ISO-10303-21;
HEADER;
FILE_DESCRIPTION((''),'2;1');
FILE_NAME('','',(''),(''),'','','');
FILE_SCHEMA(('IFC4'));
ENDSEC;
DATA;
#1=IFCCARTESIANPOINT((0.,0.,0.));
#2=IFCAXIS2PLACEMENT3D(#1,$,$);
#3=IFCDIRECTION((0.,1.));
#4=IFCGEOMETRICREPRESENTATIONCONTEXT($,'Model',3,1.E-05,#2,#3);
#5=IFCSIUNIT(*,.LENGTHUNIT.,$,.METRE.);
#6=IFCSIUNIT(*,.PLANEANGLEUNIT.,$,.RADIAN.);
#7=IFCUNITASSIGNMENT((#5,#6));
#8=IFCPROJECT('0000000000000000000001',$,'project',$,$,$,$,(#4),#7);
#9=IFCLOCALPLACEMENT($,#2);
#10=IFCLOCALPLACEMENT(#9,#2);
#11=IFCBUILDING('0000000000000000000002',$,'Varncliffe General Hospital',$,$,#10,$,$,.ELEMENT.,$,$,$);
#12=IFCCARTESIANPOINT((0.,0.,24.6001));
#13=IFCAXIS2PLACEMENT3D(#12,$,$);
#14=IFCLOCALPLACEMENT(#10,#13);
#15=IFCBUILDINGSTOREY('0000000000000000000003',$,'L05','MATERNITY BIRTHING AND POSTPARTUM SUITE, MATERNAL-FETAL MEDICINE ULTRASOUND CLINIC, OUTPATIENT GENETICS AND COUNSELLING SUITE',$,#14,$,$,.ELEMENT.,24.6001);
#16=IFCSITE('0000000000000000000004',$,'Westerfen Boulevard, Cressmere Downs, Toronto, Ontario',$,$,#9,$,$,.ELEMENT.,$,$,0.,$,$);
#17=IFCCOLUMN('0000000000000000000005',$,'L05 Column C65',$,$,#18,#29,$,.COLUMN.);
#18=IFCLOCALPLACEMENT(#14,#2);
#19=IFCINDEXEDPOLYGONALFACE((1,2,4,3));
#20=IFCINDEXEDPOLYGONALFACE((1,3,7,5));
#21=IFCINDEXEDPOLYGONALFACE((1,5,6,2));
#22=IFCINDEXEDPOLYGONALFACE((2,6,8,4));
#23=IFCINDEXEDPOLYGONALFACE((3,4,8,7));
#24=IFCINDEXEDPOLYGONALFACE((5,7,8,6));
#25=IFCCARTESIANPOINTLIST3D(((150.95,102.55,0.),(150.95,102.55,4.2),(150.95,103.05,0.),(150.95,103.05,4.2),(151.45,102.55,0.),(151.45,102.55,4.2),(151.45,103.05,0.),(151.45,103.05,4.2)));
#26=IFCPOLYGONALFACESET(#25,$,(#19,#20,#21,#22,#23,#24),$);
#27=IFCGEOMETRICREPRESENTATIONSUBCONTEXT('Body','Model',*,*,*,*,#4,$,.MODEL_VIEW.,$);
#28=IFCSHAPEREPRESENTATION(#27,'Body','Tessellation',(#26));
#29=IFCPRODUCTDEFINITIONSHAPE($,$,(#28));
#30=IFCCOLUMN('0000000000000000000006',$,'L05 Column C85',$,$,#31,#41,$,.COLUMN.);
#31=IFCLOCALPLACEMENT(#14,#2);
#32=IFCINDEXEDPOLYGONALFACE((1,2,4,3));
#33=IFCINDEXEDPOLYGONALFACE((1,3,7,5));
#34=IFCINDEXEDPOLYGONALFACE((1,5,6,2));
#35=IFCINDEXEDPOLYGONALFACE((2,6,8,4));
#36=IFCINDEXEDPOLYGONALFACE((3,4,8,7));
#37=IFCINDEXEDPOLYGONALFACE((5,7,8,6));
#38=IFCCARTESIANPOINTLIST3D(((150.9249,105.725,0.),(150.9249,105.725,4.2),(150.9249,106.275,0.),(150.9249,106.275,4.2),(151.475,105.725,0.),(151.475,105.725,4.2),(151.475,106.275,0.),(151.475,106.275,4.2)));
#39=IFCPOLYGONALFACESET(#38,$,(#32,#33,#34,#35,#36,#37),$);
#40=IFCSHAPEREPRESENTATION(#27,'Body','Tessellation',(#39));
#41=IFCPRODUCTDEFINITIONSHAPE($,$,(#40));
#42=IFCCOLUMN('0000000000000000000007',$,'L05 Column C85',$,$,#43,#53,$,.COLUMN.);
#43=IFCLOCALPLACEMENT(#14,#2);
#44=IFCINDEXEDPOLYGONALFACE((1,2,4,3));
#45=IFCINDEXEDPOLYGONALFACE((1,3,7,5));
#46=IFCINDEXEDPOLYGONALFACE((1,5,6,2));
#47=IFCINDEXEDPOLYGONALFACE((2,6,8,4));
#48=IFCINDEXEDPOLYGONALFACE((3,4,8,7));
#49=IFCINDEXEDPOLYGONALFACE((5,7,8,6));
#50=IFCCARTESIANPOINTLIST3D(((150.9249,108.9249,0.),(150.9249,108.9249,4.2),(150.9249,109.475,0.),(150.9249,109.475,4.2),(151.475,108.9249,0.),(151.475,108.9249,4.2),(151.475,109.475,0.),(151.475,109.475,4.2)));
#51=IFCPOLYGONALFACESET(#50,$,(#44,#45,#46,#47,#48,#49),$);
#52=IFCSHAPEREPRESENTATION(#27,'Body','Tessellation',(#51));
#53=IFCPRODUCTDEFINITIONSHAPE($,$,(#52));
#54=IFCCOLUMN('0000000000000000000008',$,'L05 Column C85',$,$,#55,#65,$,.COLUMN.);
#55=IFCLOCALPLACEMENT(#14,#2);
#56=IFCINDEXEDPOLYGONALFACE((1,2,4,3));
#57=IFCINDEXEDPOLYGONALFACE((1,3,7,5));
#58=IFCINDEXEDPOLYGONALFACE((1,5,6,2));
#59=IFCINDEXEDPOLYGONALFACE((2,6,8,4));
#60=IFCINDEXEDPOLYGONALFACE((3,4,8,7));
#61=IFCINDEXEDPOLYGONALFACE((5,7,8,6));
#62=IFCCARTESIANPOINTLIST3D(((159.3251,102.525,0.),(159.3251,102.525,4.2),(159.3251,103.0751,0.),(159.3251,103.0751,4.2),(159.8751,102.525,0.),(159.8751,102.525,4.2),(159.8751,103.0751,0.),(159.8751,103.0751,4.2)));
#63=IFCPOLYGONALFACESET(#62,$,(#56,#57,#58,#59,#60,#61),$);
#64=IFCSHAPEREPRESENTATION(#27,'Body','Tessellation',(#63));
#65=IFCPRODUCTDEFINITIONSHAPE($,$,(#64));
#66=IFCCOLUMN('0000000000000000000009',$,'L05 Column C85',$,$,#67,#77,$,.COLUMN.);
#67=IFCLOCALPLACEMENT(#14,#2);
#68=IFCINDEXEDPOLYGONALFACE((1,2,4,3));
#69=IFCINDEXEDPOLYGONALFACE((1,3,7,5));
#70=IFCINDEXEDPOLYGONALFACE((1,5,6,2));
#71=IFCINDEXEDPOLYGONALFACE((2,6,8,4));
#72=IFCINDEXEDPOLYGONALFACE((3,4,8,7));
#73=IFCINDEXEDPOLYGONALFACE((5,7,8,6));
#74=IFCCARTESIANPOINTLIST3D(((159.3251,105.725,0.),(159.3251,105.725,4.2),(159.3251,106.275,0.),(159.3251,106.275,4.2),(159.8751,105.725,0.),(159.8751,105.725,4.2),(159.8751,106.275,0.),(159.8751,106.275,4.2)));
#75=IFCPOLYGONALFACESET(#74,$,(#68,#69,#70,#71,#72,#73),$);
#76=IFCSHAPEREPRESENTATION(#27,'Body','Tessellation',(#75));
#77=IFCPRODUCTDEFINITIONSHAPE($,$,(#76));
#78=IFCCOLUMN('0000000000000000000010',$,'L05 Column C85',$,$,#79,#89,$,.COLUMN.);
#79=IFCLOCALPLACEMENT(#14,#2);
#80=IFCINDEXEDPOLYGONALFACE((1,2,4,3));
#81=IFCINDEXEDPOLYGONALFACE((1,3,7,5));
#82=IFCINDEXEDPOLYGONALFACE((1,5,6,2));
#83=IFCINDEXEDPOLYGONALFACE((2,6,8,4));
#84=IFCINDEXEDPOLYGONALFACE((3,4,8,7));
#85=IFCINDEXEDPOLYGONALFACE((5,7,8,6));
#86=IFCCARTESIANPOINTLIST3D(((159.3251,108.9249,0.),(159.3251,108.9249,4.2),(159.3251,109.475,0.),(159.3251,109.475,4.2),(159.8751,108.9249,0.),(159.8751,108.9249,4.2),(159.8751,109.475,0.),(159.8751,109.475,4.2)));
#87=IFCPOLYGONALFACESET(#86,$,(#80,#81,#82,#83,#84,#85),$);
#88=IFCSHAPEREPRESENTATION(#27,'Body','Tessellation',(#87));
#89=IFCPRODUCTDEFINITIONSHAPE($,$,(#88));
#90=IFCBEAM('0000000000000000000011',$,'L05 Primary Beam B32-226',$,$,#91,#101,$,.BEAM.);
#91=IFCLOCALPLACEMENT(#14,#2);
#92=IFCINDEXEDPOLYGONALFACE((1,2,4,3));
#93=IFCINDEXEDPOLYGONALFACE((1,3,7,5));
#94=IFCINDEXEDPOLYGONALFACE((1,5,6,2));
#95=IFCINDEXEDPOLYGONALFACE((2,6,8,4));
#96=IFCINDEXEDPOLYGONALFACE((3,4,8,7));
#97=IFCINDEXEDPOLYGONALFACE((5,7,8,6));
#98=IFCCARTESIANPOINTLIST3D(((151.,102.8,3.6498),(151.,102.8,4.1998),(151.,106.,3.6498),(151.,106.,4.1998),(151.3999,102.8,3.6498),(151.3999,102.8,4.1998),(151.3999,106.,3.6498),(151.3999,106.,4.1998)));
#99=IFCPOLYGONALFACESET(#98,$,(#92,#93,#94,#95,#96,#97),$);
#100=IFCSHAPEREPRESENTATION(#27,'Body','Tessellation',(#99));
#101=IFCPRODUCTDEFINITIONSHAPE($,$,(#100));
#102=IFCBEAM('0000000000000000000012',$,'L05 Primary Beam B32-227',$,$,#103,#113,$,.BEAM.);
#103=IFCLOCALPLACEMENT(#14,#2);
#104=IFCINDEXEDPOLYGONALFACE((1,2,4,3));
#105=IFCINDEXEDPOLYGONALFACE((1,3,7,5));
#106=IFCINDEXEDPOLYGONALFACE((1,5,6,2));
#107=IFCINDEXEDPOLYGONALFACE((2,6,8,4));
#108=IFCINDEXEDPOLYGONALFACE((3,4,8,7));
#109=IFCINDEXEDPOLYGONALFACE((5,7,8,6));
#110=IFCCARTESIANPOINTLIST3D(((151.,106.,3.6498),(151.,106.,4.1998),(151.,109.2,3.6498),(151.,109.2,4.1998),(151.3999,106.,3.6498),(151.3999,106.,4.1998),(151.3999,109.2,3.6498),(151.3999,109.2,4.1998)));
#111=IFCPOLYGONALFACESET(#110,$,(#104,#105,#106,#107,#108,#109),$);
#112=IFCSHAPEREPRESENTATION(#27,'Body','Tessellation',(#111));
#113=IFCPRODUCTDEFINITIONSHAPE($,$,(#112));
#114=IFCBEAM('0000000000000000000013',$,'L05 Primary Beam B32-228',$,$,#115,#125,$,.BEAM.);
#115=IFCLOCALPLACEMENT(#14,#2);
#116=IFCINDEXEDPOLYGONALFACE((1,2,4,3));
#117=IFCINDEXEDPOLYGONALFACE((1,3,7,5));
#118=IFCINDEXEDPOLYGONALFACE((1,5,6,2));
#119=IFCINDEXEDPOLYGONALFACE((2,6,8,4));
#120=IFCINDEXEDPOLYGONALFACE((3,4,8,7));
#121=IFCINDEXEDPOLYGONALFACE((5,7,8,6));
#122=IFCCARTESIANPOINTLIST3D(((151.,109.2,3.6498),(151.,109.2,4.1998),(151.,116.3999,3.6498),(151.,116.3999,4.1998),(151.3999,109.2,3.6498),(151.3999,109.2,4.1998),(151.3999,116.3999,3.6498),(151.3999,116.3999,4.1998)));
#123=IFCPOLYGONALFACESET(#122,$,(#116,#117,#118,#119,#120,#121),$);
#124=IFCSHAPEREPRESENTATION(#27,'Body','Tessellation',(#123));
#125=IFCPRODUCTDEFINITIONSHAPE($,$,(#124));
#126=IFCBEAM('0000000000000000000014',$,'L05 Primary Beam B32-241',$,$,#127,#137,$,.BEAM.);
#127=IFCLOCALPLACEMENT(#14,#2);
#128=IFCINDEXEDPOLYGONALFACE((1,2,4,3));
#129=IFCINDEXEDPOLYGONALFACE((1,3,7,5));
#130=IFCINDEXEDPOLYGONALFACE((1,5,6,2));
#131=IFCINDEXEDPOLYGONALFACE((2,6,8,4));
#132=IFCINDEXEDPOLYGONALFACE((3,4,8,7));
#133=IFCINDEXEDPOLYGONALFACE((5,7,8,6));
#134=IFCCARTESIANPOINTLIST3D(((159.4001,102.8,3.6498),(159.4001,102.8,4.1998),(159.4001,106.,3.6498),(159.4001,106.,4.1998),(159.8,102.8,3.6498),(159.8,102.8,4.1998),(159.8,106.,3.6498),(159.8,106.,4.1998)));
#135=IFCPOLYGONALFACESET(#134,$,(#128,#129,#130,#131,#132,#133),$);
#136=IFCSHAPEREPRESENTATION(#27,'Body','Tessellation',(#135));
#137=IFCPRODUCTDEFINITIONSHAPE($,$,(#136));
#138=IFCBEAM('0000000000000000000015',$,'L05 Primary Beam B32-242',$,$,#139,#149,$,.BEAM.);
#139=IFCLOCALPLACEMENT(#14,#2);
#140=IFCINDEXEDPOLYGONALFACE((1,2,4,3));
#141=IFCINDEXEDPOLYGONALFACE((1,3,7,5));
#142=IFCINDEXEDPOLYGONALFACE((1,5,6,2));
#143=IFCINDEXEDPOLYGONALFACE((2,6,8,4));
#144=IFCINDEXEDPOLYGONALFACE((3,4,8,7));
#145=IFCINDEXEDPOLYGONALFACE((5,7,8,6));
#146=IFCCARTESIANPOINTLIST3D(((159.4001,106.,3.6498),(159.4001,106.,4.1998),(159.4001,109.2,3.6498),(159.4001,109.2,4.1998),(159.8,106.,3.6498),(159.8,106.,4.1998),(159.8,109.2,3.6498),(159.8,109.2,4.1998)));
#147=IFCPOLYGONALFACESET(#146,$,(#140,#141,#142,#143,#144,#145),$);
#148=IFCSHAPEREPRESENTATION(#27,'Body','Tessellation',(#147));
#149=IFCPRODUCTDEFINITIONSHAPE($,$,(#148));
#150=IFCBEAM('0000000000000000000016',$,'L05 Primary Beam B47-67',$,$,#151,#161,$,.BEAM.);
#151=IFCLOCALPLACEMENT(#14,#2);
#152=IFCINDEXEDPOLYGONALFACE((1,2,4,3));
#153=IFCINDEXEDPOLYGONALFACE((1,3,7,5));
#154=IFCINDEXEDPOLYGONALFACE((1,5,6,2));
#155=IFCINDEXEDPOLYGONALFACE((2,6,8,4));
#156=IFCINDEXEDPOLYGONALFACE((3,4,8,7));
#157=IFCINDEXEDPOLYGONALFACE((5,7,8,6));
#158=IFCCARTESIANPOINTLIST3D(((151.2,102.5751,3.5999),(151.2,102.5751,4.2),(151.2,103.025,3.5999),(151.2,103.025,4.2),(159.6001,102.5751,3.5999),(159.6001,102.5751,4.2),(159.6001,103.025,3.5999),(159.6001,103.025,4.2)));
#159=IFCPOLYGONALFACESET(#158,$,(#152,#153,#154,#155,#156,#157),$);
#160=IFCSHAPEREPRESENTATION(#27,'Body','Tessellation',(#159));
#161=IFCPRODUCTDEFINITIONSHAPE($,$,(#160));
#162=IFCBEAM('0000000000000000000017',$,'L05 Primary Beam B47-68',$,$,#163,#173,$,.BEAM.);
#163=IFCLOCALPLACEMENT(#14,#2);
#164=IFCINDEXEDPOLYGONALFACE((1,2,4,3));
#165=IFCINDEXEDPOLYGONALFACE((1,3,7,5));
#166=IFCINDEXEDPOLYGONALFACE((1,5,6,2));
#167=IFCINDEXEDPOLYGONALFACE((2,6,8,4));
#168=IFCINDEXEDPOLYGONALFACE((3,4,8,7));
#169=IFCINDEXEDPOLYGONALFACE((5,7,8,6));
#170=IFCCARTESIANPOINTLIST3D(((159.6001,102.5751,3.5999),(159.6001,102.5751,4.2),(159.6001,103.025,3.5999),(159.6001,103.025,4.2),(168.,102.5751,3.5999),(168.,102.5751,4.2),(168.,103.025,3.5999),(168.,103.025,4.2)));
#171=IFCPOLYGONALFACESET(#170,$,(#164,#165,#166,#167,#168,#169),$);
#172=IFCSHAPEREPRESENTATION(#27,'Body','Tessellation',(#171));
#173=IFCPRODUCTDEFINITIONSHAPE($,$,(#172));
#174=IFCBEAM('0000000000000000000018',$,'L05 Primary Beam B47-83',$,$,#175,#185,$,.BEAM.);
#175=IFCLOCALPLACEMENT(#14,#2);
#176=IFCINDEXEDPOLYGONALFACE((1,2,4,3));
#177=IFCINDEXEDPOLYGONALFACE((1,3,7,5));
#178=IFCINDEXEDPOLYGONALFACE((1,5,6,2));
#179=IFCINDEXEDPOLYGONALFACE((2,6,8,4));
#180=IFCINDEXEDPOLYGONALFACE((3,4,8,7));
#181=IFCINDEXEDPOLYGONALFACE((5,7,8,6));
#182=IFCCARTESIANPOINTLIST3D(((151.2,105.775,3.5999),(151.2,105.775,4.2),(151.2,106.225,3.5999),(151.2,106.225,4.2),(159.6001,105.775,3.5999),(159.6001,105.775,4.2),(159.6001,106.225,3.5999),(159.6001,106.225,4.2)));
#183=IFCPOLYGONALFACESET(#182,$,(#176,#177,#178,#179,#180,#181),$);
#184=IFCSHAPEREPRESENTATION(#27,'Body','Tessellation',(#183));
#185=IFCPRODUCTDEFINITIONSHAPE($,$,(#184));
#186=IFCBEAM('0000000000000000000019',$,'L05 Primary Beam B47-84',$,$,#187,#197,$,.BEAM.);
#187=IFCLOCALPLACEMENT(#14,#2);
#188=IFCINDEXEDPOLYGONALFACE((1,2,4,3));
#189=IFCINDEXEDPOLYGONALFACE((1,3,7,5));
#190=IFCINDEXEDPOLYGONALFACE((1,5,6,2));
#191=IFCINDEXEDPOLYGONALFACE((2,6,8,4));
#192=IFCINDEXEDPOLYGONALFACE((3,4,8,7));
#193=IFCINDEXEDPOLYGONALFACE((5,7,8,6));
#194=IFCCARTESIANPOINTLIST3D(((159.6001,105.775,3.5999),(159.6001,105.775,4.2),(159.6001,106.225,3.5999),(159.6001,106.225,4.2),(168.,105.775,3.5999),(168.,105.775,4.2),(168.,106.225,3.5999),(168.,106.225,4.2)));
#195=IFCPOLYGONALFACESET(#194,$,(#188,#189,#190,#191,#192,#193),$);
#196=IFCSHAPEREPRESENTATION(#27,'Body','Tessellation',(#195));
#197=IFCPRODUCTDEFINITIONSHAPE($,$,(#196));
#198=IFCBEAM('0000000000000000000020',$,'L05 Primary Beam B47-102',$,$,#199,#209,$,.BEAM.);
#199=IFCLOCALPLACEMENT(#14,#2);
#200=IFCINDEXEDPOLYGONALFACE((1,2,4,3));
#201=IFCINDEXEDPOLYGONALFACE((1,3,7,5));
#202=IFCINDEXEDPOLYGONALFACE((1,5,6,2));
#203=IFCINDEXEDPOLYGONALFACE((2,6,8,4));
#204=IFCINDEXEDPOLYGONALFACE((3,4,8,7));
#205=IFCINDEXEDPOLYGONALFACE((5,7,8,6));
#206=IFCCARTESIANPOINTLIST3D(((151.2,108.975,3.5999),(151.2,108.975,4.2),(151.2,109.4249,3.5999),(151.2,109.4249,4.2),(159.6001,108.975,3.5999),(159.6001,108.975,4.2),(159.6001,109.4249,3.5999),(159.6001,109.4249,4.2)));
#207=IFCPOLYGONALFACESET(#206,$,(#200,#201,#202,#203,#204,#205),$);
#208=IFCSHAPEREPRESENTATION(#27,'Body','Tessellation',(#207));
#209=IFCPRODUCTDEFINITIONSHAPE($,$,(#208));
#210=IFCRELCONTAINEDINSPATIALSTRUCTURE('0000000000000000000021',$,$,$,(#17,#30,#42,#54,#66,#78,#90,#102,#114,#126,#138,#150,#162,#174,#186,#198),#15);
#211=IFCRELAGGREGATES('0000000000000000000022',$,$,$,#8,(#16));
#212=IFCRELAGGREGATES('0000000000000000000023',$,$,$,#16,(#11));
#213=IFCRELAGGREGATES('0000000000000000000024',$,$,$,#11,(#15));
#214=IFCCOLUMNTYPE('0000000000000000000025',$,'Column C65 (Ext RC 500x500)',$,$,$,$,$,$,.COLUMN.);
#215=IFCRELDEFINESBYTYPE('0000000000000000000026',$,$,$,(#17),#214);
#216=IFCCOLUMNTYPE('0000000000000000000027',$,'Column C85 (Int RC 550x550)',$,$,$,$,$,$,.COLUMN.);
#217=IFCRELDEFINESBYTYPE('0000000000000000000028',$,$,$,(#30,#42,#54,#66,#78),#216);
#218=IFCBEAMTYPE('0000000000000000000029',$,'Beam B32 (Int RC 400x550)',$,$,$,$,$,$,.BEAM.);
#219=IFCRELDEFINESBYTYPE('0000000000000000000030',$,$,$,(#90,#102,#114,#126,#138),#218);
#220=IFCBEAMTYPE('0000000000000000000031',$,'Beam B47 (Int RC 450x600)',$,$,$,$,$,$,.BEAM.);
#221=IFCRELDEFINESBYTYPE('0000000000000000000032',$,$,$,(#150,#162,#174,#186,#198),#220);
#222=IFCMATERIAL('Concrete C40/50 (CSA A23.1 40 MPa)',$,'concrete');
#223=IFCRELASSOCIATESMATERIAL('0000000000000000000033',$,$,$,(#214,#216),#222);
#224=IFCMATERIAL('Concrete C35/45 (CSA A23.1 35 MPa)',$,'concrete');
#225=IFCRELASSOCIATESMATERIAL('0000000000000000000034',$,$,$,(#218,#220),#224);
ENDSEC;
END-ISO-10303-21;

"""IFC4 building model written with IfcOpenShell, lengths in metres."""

from ifc_helpers import new_model, si_unit, direction, frame, origin, origin_2d, place, context, subcontext, project, spatial, rectangle, extrude, material, material_profile, profile_set, type_object, element, save


model = new_model("IFC4")

# Units and contexts
model_context = context("Model", 3, precision=1e-05, world=origin(), true_north=direction((0.0, 1.0)))
body_context = subcontext(model_context, "Body", "Model", "MODEL_VIEW")
ifc_project = project(units=[si_unit("LENGTHUNIT", "METRE"), si_unit("PLANEANGLEUNIT", "RADIAN")], contexts=[model_context])

# Site, building, storey
site_placement = place(None, origin())
site = spatial("IfcSite", under=ifc_project, at=site_placement, Name="Westerfen Boulevard, Cressmere Downs, Toronto, Ontario", CompositionType="ELEMENT", RefElevation=0.0)
building_placement = place(site_placement, origin())
building = spatial("IfcBuilding", under=site, at=building_placement, Name="Varncliffe General Hospital", CompositionType="ELEMENT")
storey_placement = place(building_placement, frame((0.0, 0.0, 24.6001)))
storey = spatial("IfcBuildingStorey", under=building, at=storey_placement, Name="L05", Description="MATERNITY BIRTHING AND POSTPARTUM SUITE, MATERNAL-FETAL MEDICINE ULTRASOUND CLINIC, OUTPATIENT GENETICS AND COUNSELLING SUITE", CompositionType="ELEMENT", Elevation=24.6001)

# Columns
ifc_material_1 = material(Name="Concrete C40/50 (CSA A23.1 40 MPa)", Category="concrete")
ifc_material_profile_1 = material_profile(ifc_material_1, rectangle(XDim=0.5, YDim=0.5, at=origin_2d()), Name="RC 500x500")
ifc_profile_set_1 = profile_set([ifc_material_profile_1], Name="Concrete C40/50 (CSA A23.1 40 MPa)")
column_type_1 = type_object("IfcColumnType", Name="Column C65 (Ext RC 500x500)", PredefinedType="COLUMN", material=ifc_profile_set_1)
column_placement = place(storey_placement, frame((151.2, 102.8, 0.0), z_axis=(0.0, 0.0, 1.0), x_axis=(1.0, 0.0, 0.0)))
element("IfcColumn", 1, at=column_placement, inside=storey, type_object=column_type_1, Name="L05 Column C65", PredefinedType="COLUMN", context=body_context, shape_type="SweptSolid", body=[
    extrude(rectangle(XDim=0.5, YDim=0.5, at=origin_2d()), origin(), (0.0, 0.0, 1.0), 4.2),
])
ifc_material_profile_2 = material_profile(ifc_material_1, rectangle(XDim=0.55, YDim=0.55, at=origin_2d()), Name="RC 550x550")
ifc_profile_set_2 = profile_set([ifc_material_profile_2], Name="Concrete C40/50 (CSA A23.1 40 MPa)")
column_type_2 = type_object("IfcColumnType", Name="Column C85 (Int RC 550x550)", PredefinedType="COLUMN", material=ifc_profile_set_2)
for number, where, z_axis, x_axis, name in (
    (2, (151.2, 106.0, 0.0), (0.0, 0.0, 1.0), (1.0, 0.0, 0.0), "L05 Column C85"),
    (3, (151.2, 109.2, 0.0), (0.0, 0.0, 1.0), (1.0, 0.0, 0.0), "L05 Column C85"),
    (4, (159.6001, 102.8, 0.0), (0.0, 0.0, 1.0), (1.0, 0.0, 0.0), "L05 Column C85"),
    (5, (159.6001, 106.0, 0.0), (0.0, 0.0, 1.0), (1.0, 0.0, 0.0), "L05 Column C85"),
    (6, (159.6001, 109.2, 0.0), (0.0, 0.0, 1.0), (1.0, 0.0, 0.0), "L05 Column C85"),
):
    element("IfcColumn", number, at=place(storey_placement, frame(where, z_axis=z_axis, x_axis=x_axis)), inside=storey, type_object=column_type_2, Name=name, PredefinedType="COLUMN", context=body_context, shape_type="SweptSolid", body=[
        extrude(rectangle(XDim=0.55, YDim=0.55, at=origin_2d()), origin(), (0.0, 0.0, 1.0), 4.2),
    ])

# Beams
ifc_material_2 = material(Name="Concrete C35/45 (CSA A23.1 35 MPa)", Category="concrete")
ifc_material_profile_3 = material_profile(ifc_material_2, rectangle(XDim=0.3999, YDim=0.55, at=origin_2d()), Name="RC 400x550")
ifc_profile_set_3 = profile_set([ifc_material_profile_3], Name="Concrete C35/45 (CSA A23.1 35 MPa)")
beam_type_1 = type_object("IfcBeamType", Name="Beam B32 (Int RC 400x550)", PredefinedType="BEAM", material=ifc_profile_set_3)
for number, where, z_axis, x_axis, name in (
    (7, (151.2, 102.8, 3.9248), (0.0, 1.0, 0.0), (-1.0, 0.0, 0.0), "L05 Primary Beam B32-226"),
    (8, (151.2, 106.0, 3.9248), (0.0, 1.0, 0.0), (-1.0, 0.0, 0.0), "L05 Primary Beam B32-227"),
):
    element("IfcBeam", number, at=place(storey_placement, frame(where, z_axis=z_axis, x_axis=x_axis)), inside=storey, type_object=beam_type_1, Name=name, PredefinedType="BEAM", context=body_context, shape_type="SweptSolid", body=[
        extrude(rectangle(XDim=0.3999, YDim=0.55, at=origin_2d()), origin(), (0.0, 0.0, 1.0), 3.2),
    ])
beam_1_placement = place(storey_placement, frame((151.2, 109.2, 3.9248), z_axis=(0.0, 1.0, 0.0), x_axis=(-1.0, 0.0, 0.0)))
element("IfcBeam", 9, at=beam_1_placement, inside=storey, type_object=beam_type_1, Name="L05 Primary Beam B32-228", PredefinedType="BEAM", context=body_context, shape_type="SweptSolid", body=[
    extrude(rectangle(XDim=0.3999, YDim=0.55, at=origin_2d()), origin(), (0.0, 0.0, 1.0), 7.2),
])
for number, where, z_axis, x_axis, name in (
    (10, (159.6001, 102.8, 3.9248), (0.0, 1.0, 0.0), (-1.0, 0.0, 0.0), "L05 Primary Beam B32-241"),
    (11, (159.6001, 106.0, 3.9248), (0.0, 1.0, 0.0), (-1.0, 0.0, 0.0), "L05 Primary Beam B32-242"),
):
    element("IfcBeam", number, at=place(storey_placement, frame(where, z_axis=z_axis, x_axis=x_axis)), inside=storey, type_object=beam_type_1, Name=name, PredefinedType="BEAM", context=body_context, shape_type="SweptSolid", body=[
        extrude(rectangle(XDim=0.3999, YDim=0.55, at=origin_2d()), origin(), (0.0, 0.0, 1.0), 3.2),
    ])
ifc_material_profile_4 = material_profile(ifc_material_2, rectangle(XDim=0.45, YDim=0.6001, at=origin_2d()), Name="RC 450x600")
ifc_profile_set_4 = profile_set([ifc_material_profile_4], Name="Concrete C35/45 (CSA A23.1 35 MPa)")
beam_type_2 = type_object("IfcBeamType", Name="Beam B47 (Int RC 450x600)", PredefinedType="BEAM", material=ifc_profile_set_4)
beam_2_placement = place(storey_placement, frame((151.2, 102.8, 3.8999), z_axis=(1.0, 0.0, 0.0), x_axis=(0.0, 1.0, 0.0)))
element("IfcBeam", 12, at=beam_2_placement, inside=storey, type_object=beam_type_2, Name="L05 Primary Beam B47-67", PredefinedType="BEAM", context=body_context, shape_type="SweptSolid", body=[
    extrude(rectangle(XDim=0.45, YDim=0.6001, at=origin_2d()), origin(), (0.0, 0.0, 1.0), 8.4001),
])
beam_3_placement = place(storey_placement, frame((159.6001, 102.8, 3.8999), z_axis=(1.0, 0.0, 0.0), x_axis=(0.0, 1.0, 0.0)))
element("IfcBeam", 13, at=beam_3_placement, inside=storey, type_object=beam_type_2, Name="L05 Primary Beam B47-68", PredefinedType="BEAM", context=body_context, shape_type="SweptSolid", body=[
    extrude(rectangle(XDim=0.45, YDim=0.6001, at=origin_2d()), origin(), (0.0, 0.0, 1.0), 8.3999),
])
beam_4_placement = place(storey_placement, frame((151.2, 106.0, 3.8999), z_axis=(1.0, 0.0, 0.0), x_axis=(0.0, 1.0, 0.0)))
element("IfcBeam", 14, at=beam_4_placement, inside=storey, type_object=beam_type_2, Name="L05 Primary Beam B47-83", PredefinedType="BEAM", context=body_context, shape_type="SweptSolid", body=[
    extrude(rectangle(XDim=0.45, YDim=0.6001, at=origin_2d()), origin(), (0.0, 0.0, 1.0), 8.4001),
])
beam_5_placement = place(storey_placement, frame((159.6001, 106.0, 3.8999), z_axis=(1.0, 0.0, 0.0), x_axis=(0.0, 1.0, 0.0)))
element("IfcBeam", 15, at=beam_5_placement, inside=storey, type_object=beam_type_2, Name="L05 Primary Beam B47-84", PredefinedType="BEAM", context=body_context, shape_type="SweptSolid", body=[
    extrude(rectangle(XDim=0.45, YDim=0.6001, at=origin_2d()), origin(), (0.0, 0.0, 1.0), 8.3999),
])
beam_6_placement = place(storey_placement, frame((151.2, 109.2, 3.8999), z_axis=(1.0, 0.0, 0.0), x_axis=(0.0, 1.0, 0.0)))
element("IfcBeam", 16, at=beam_6_placement, inside=storey, type_object=beam_type_2, Name="L05 Primary Beam B47-102", PredefinedType="BEAM", context=body_context, shape_type="SweptSolid", body=[
    extrude(rectangle(XDim=0.45, YDim=0.6001, at=origin_2d()), origin(), (0.0, 0.0, 1.0), 8.4001),
])

save(model, "model.ifc")
